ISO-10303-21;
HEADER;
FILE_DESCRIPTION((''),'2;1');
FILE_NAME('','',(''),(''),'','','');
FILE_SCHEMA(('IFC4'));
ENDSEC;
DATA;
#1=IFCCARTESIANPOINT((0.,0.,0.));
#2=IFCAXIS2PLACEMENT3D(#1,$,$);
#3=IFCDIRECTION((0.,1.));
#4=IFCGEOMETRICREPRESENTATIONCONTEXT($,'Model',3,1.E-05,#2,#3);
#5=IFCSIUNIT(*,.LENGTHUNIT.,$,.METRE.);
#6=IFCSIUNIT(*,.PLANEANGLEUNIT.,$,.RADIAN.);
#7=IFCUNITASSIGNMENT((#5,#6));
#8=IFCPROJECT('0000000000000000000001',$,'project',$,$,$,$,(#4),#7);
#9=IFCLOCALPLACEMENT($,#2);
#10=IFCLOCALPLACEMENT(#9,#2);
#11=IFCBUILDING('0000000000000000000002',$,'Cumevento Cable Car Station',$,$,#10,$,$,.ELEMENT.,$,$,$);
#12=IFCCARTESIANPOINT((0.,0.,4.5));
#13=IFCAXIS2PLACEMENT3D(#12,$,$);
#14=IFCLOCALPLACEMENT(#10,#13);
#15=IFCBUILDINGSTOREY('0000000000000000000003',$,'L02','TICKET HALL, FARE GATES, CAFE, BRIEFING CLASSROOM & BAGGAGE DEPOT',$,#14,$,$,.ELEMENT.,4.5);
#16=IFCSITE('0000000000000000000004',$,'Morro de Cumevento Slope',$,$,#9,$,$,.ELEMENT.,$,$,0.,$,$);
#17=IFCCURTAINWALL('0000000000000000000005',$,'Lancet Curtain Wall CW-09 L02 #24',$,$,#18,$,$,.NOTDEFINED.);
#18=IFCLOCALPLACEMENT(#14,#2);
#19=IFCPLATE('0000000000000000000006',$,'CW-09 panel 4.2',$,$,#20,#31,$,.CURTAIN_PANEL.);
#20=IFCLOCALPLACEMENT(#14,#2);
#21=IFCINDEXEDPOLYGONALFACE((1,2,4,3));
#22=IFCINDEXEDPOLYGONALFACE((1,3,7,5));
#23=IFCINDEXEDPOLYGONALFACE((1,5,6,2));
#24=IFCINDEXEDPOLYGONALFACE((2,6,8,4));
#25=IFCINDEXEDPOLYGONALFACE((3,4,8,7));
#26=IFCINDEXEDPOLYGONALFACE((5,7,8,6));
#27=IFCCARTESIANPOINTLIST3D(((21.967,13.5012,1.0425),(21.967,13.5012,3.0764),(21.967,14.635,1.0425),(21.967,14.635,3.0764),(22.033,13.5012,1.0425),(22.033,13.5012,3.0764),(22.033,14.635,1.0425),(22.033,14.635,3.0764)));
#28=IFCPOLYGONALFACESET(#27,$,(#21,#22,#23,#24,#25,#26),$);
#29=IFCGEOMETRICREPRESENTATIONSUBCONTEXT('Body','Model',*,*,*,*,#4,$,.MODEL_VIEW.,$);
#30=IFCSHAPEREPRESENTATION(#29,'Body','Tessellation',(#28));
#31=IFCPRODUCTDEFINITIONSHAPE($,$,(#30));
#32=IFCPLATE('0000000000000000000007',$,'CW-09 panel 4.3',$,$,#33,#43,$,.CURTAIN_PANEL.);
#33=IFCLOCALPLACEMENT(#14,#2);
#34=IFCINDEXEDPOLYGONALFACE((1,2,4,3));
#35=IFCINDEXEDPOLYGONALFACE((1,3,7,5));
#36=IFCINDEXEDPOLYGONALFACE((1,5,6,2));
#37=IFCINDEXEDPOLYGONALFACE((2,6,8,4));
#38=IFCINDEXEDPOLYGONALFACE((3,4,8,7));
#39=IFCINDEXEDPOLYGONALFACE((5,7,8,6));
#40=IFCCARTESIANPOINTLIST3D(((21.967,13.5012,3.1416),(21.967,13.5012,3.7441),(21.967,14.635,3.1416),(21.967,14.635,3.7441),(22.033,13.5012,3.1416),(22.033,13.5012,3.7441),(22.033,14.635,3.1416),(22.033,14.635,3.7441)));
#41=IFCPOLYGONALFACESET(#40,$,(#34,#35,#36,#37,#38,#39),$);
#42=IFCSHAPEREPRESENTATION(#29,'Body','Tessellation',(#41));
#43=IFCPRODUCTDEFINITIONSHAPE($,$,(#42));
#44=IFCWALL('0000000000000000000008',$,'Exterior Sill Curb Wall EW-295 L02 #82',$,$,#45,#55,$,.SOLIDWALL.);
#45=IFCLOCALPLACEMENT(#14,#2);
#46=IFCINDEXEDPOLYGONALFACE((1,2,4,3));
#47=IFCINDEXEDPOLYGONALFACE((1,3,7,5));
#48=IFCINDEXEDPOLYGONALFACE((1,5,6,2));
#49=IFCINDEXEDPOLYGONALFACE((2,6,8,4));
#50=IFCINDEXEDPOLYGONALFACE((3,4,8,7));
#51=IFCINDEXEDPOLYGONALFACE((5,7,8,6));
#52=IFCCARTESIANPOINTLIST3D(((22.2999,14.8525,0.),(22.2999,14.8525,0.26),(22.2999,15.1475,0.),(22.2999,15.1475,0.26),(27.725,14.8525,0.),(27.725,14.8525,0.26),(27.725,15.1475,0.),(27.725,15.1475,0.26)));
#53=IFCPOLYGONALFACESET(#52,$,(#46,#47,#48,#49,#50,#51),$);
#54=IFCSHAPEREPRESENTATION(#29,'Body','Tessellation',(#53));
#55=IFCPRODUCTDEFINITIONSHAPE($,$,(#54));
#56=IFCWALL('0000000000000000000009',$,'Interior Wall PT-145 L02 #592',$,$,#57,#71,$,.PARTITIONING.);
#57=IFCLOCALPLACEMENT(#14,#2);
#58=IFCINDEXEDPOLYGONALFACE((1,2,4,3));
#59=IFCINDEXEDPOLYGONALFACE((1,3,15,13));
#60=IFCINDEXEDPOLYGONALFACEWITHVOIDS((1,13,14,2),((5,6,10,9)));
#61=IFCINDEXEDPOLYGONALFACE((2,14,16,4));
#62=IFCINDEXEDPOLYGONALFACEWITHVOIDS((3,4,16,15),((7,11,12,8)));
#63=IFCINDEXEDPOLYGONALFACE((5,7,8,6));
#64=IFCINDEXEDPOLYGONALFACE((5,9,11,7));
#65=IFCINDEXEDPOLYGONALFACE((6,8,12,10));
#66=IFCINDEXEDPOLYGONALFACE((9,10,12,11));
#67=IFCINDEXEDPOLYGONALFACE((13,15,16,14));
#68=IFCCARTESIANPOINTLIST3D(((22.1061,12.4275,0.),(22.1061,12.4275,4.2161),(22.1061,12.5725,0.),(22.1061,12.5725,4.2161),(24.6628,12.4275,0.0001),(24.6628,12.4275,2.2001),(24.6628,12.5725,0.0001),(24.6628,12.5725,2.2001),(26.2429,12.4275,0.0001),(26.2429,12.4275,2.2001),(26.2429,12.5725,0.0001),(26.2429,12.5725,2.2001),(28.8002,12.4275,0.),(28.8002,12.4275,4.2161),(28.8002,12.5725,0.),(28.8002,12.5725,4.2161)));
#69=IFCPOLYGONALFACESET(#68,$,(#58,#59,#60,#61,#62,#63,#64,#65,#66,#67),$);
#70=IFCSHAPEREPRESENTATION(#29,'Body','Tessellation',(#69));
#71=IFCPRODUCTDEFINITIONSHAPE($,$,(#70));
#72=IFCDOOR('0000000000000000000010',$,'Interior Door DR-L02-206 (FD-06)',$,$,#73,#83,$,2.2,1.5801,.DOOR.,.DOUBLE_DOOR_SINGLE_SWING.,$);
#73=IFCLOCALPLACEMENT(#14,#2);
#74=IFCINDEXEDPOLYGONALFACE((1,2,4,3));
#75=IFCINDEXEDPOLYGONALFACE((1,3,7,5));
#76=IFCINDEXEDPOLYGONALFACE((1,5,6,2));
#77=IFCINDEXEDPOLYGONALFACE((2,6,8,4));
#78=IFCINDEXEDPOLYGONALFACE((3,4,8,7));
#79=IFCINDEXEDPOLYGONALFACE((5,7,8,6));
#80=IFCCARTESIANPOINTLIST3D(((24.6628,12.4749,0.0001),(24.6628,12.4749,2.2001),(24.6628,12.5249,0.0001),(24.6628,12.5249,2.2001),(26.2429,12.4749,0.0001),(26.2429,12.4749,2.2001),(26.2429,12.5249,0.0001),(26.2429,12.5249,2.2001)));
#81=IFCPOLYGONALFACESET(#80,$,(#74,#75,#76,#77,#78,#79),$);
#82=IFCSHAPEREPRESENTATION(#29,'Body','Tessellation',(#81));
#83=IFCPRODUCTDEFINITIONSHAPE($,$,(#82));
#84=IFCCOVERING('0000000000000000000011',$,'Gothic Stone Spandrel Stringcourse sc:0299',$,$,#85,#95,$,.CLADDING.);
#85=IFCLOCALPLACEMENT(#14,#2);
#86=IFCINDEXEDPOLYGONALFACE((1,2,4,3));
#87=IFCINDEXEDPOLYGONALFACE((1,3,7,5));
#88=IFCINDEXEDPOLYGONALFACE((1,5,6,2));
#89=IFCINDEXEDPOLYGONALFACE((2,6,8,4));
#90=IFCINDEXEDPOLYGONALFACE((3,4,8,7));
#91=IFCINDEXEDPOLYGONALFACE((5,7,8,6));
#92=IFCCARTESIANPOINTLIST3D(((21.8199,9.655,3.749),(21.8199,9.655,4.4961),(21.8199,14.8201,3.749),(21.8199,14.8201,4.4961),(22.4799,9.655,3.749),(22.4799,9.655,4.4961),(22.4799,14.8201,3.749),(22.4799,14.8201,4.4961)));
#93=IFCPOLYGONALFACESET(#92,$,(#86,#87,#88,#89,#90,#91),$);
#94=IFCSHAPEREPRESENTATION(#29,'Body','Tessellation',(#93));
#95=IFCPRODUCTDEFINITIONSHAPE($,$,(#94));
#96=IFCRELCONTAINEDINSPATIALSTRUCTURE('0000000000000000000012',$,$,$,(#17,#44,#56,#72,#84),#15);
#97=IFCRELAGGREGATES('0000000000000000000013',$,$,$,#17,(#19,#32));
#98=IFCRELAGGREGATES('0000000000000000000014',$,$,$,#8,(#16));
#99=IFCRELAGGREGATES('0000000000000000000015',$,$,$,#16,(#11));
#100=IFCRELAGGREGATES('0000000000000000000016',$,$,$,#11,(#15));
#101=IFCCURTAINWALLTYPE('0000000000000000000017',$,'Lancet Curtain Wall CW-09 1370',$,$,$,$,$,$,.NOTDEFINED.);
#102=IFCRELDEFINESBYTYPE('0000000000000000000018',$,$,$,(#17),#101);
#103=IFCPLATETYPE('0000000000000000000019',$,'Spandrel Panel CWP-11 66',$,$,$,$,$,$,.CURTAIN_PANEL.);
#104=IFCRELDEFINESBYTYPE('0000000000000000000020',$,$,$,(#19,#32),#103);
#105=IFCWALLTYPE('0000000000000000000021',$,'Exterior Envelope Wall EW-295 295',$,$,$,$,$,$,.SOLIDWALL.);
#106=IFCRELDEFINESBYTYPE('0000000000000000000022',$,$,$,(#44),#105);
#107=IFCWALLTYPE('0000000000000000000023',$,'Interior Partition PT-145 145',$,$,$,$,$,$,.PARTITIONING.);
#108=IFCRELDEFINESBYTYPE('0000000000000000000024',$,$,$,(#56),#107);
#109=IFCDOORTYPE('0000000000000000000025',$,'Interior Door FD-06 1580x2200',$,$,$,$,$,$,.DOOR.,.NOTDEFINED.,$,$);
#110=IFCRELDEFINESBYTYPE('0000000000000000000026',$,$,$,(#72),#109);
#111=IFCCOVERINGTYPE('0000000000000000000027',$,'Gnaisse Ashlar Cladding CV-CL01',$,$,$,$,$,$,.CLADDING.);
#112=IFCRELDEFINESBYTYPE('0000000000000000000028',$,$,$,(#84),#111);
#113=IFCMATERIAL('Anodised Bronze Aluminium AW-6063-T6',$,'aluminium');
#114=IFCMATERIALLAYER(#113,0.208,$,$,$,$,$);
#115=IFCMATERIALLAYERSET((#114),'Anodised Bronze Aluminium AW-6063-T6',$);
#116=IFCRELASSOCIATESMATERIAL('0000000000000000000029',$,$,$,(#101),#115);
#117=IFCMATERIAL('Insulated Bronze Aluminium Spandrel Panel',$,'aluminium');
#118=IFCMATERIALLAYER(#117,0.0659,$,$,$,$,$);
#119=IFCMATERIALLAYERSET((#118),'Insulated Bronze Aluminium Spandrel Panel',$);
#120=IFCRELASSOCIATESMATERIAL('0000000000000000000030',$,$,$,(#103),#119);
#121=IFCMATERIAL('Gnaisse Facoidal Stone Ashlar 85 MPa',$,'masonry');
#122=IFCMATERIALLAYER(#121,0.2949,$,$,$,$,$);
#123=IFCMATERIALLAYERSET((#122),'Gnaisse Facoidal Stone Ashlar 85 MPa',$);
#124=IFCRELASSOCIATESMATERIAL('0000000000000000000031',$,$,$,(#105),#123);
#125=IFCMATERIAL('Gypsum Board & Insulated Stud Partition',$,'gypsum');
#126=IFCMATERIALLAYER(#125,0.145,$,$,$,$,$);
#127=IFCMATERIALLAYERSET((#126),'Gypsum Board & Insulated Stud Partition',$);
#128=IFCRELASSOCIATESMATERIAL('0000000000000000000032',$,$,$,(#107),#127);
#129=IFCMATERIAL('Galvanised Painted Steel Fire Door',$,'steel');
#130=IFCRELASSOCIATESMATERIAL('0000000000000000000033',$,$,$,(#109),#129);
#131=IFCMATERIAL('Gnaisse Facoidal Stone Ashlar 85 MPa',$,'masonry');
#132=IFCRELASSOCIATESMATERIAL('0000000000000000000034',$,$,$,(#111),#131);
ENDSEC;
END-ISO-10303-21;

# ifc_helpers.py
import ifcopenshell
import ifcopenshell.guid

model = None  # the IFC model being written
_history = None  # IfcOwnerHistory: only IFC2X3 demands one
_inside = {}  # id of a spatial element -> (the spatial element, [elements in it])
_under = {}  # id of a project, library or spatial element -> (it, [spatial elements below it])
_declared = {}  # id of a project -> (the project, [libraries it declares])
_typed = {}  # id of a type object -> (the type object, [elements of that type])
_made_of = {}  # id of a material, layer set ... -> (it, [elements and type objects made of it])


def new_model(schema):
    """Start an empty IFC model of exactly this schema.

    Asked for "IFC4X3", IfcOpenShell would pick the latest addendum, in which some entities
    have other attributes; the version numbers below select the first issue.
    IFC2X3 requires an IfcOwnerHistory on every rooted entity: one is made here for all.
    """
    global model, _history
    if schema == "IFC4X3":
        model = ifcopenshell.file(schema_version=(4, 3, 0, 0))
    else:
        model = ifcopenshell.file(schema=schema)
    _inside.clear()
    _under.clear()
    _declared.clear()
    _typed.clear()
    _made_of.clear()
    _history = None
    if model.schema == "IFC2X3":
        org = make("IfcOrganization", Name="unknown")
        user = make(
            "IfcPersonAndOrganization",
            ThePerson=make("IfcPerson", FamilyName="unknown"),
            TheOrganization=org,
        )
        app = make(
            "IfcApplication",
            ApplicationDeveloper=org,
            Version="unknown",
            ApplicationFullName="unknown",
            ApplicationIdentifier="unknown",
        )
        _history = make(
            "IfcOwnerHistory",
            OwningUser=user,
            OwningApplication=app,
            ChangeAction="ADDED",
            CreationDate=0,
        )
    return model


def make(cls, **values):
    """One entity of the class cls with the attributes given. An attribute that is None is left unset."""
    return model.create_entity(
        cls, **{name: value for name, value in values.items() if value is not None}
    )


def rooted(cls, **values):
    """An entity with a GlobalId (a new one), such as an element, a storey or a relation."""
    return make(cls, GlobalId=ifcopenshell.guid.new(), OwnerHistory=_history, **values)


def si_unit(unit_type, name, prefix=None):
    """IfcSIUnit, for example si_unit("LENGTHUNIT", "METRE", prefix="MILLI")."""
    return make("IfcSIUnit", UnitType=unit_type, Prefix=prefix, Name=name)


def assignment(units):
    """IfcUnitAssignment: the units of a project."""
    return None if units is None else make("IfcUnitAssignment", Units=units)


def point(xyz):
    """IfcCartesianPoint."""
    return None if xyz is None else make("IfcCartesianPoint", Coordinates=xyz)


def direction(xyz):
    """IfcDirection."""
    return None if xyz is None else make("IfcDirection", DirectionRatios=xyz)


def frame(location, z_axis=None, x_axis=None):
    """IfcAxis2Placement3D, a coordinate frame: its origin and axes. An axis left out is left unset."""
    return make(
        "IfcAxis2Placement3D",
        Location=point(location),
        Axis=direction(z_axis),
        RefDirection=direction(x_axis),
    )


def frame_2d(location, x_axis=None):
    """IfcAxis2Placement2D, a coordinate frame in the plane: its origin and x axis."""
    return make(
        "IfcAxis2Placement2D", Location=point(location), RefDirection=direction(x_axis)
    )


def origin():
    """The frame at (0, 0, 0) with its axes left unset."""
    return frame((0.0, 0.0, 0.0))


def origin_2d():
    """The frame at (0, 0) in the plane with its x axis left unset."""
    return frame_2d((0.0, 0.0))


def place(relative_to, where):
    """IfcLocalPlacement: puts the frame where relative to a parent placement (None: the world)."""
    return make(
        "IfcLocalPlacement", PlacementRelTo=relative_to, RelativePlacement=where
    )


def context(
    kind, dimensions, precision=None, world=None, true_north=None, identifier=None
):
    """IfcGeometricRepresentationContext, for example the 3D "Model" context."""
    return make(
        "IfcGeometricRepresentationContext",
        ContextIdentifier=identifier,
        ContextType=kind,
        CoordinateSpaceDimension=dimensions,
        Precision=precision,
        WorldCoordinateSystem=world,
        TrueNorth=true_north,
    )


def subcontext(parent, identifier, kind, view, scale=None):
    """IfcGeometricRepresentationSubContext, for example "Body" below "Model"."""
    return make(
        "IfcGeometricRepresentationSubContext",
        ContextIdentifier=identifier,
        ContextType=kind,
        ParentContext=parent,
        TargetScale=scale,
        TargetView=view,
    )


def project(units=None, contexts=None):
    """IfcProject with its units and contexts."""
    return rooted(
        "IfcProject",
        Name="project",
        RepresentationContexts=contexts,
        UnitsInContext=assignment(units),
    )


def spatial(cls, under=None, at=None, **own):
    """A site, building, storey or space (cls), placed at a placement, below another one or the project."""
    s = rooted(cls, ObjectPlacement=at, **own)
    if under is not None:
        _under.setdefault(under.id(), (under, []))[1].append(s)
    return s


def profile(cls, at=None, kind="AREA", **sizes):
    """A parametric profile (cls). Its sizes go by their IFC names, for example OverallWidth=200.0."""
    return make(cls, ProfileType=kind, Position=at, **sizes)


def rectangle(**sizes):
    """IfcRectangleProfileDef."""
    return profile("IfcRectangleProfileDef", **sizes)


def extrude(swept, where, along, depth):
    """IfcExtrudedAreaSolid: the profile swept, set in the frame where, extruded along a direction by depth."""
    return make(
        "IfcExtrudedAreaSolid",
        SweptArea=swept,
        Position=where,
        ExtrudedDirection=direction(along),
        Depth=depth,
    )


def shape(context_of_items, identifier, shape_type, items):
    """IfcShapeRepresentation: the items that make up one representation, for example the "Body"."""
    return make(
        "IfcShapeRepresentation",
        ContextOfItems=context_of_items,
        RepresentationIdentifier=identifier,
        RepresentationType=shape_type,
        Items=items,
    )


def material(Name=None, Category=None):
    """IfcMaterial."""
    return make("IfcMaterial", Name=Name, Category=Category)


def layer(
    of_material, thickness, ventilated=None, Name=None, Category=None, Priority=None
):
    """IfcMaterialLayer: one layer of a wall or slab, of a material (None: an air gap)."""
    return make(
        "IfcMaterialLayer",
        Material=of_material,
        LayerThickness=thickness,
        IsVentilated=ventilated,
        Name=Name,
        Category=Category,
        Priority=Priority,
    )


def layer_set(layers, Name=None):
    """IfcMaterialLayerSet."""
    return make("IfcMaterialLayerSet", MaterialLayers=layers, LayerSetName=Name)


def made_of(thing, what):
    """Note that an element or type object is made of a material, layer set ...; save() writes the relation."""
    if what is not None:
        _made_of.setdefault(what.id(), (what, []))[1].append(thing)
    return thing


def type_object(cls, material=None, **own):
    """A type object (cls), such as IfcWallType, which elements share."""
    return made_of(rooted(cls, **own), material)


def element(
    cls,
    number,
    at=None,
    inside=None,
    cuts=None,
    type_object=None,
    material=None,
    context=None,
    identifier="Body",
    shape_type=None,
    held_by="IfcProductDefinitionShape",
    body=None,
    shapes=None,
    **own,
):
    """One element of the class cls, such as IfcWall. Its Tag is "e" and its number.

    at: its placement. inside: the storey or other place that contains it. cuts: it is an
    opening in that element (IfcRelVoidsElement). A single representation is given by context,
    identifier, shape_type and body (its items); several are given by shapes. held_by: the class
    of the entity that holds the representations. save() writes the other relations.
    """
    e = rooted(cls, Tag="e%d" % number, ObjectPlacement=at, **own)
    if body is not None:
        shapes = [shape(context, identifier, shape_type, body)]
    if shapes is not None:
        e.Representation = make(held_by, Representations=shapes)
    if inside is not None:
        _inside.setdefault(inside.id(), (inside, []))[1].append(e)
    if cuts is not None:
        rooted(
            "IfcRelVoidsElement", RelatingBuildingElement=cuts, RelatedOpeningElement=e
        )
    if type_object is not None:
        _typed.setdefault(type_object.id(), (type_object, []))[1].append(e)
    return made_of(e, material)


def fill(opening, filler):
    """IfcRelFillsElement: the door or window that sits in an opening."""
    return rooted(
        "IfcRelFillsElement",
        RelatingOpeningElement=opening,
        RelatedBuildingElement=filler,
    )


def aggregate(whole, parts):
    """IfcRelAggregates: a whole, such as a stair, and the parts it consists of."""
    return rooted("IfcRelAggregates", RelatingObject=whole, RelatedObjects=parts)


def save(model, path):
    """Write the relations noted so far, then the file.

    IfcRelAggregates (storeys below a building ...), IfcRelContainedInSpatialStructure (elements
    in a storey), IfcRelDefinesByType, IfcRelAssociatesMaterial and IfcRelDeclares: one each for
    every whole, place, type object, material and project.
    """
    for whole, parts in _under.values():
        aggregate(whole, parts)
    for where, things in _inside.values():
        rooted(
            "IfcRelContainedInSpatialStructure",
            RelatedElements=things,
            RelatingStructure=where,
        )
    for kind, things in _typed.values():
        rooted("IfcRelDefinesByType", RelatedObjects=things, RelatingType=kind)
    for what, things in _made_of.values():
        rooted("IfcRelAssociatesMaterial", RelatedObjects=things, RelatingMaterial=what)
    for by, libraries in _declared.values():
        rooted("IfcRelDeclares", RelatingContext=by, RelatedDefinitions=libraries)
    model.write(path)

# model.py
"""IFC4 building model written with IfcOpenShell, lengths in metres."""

from ifc_helpers import new_model, si_unit, direction, frame, frame_2d, origin, origin_2d, place, context, subcontext, project, spatial, rectangle, extrude, material, layer, layer_set, type_object, element, fill, aggregate, save


model = new_model("IFC4")

# Units and contexts
model_context = context("Model", 3, precision=1e-05, world=origin(), true_north=direction((0.0, 1.0)))
body_context = subcontext(model_context, "Body", "Model", "MODEL_VIEW")
ifc_project = project(units=[si_unit("LENGTHUNIT", "METRE"), si_unit("PLANEANGLEUNIT", "RADIAN")], contexts=[model_context])

# Site, building, storey
site_placement = place(None, origin())
site = spatial("IfcSite", under=ifc_project, at=site_placement, Name="Morro de Cumevento Slope", CompositionType="ELEMENT", RefElevation=0.0)
building_placement = place(site_placement, origin())
building = spatial("IfcBuilding", under=site, at=building_placement, Name="Cumevento Cable Car Station", CompositionType="ELEMENT")
storey_placement = place(building_placement, frame((0.0, 0.0, 4.5)))
storey = spatial("IfcBuildingStorey", under=building, at=storey_placement, Name="L02", Description="TICKET HALL, FARE GATES, CAFE, BRIEFING CLASSROOM & BAGGAGE DEPOT", CompositionType="ELEMENT", Elevation=4.5)

# Curtain wall
ifc_material_1 = material(Name="Anodised Bronze Aluminium AW-6063-T6", Category="aluminium")
ifc_layer_1 = layer(ifc_material_1, 0.208)
ifc_layer_set_1 = layer_set([ifc_layer_1], Name="Anodised Bronze Aluminium AW-6063-T6")
curtain_wall_type_1 = type_object("IfcCurtainWallType", Name="Lancet Curtain Wall CW-09 1370", PredefinedType="NOTDEFINED", material=ifc_layer_set_1)
curtain_wall_1_placement = place(storey_placement, origin())
curtain_wall_1 = element("IfcCurtainWall", 1, at=curtain_wall_1_placement, inside=storey, type_object=curtain_wall_type_1, Name="Lancet Curtain Wall CW-09 L02 #24", PredefinedType="NOTDEFINED")

# Plates
ifc_material_2 = material(Name="Insulated Bronze Aluminium Spandrel Panel", Category="aluminium")
ifc_layer_2 = layer(ifc_material_2, 0.0659)
ifc_layer_set_2 = layer_set([ifc_layer_2], Name="Insulated Bronze Aluminium Spandrel Panel")
plate_type = type_object("IfcPlateType", Name="Spandrel Panel CWP-11 66", PredefinedType="CURTAIN_PANEL", material=ifc_layer_set_2)
plate_1_placement = place(storey_placement, frame((22.0, 14.0681, 1.0425), z_axis=(0.0, 0.0, 1.0), x_axis=(0.0, 1.0, 0.0)))
plate_1 = element("IfcPlate", 2, at=plate_1_placement, type_object=plate_type, Name="CW-09 panel 4.2", PredefinedType="CURTAIN_PANEL", context=body_context, shape_type="SweptSolid", body=[
    extrude(rectangle(XDim=1.1338, YDim=0.0659, at=origin_2d()), origin(), (0.0, 0.0, 1.0), 2.0339),
])
plate_2_placement = place(storey_placement, frame((22.0, 14.0681, 3.1416), z_axis=(0.0, 0.0, 1.0), x_axis=(0.0, 1.0, 0.0)))
plate_2 = element("IfcPlate", 3, at=plate_2_placement, type_object=plate_type, Name="CW-09 panel 4.3", PredefinedType="CURTAIN_PANEL", context=body_context, shape_type="SweptSolid", body=[
    extrude(rectangle(XDim=1.1338, YDim=0.0659, at=origin_2d()), origin(), (0.0, 0.0, 1.0), 0.6025),
])
aggregate(curtain_wall_1, [plate_1, plate_2])

# Wall
ifc_material_3 = material(Name="Gnaisse Facoidal Stone Ashlar 85 MPa", Category="masonry")
ifc_layer_3 = layer(ifc_material_3, 0.2949)
ifc_layer_set_3 = layer_set([ifc_layer_3], Name="Gnaisse Facoidal Stone Ashlar 85 MPa")
wall_type_1 = type_object("IfcWallType", Name="Exterior Envelope Wall EW-295 295", PredefinedType="SOLIDWALL", material=ifc_layer_set_3)
wall_1_placement = place(storey_placement, frame((22.3, 15.0, 0.0), z_axis=(0.0, 0.0, 1.0), x_axis=(1.0, 0.0, 0.0)))
element("IfcWall", 4, at=wall_1_placement, inside=storey, type_object=wall_type_1, Name="Exterior Sill Curb Wall EW-295 L02 #82", PredefinedType="SOLIDWALL", context=body_context, shape_type="SweptSolid", body=[
    extrude(rectangle(XDim=5.425, YDim=0.2949, at=frame_2d((2.7124, 0.0))), origin(), (0.0, 0.0, 1.0), 0.26),
])

# Wall, opening, door
ifc_material_4 = material(Name="Gypsum Board & Insulated Stud Partition", Category="gypsum")
ifc_layer_4 = layer(ifc_material_4, 0.145)
ifc_layer_set_4 = layer_set([ifc_layer_4], Name="Gypsum Board & Insulated Stud Partition")
wall_type_2 = type_object("IfcWallType", Name="Interior Partition PT-145 145", PredefinedType="PARTITIONING", material=ifc_layer_set_4)
wall_2_placement = place(storey_placement, frame((22.106, 12.5, 0.0), z_axis=(0.0, 0.0, 1.0), x_axis=(1.0, 0.0, 0.0)))
wall_2 = element("IfcWall", 5, at=wall_2_placement, inside=storey, type_object=wall_type_2, Name="Interior Wall PT-145 L02 #592", PredefinedType="PARTITIONING", context=body_context, shape_type="SweptSolid", body=[
    extrude(rectangle(XDim=6.6941, YDim=0.145, at=frame_2d((3.3472, 0.0))), origin(), (0.0, 0.0, 1.0), 4.2161),
])
opening_placement = place(wall_2_placement, frame((2.5569, 0.0, 0.0)))
opening = element("IfcOpeningElement", 6, at=opening_placement, cuts=wall_2, PredefinedType="OPENING", context=body_context, shape_type="SweptSolid", body=[
    extrude(rectangle(XDim=1.5801, YDim=2.2, at=frame_2d((0.79, 1.1001))), frame((0.0, 0.0825, 0.0), z_axis=(0.0, -1.0, 0.0), x_axis=(1.0, 0.0, 0.0)), (0.0, 0.0, 1.0), 0.165),
])
ifc_material_5 = material(Name="Galvanised Painted Steel Fire Door", Category="steel")
door_type = type_object("IfcDoorType", Name="Interior Door FD-06 1580x2200", OperationType="NOTDEFINED", PredefinedType="DOOR", material=ifc_material_5)
door_placement = place(opening_placement, origin())
door = element("IfcDoor", 7, at=door_placement, inside=storey, type_object=door_type, Name="Interior Door DR-L02-206 (FD-06)", OperationType="DOUBLE_DOOR_SINGLE_SWING", OverallHeight=2.2, OverallWidth=1.5801, PredefinedType="DOOR", context=body_context, shape_type="SweptSolid", body=[
    extrude(rectangle(XDim=1.5801, YDim=2.2, at=frame_2d((0.79, 1.1001))), frame((0.0, 0.0249, 0.0), z_axis=(0.0, -1.0, 0.0), x_axis=(1.0, 0.0, 0.0)), (0.0, 0.0, 1.0), 0.05),
])
fill(opening, door)

# Covering
ifc_material_6 = material(Name="Gnaisse Facoidal Stone Ashlar 85 MPa", Category="masonry")
covering_type = type_object("IfcCoveringType", Name="Gnaisse Ashlar Cladding CV-CL01", PredefinedType="CLADDING", material=ifc_material_6)
covering_1_placement = place(storey_placement, frame((22.1499, 12.2375, 3.749), z_axis=(0.0, 0.0, 1.0), x_axis=(0.0, 1.0, 0.0)))
element("IfcCovering", 8, at=covering_1_placement, inside=storey, type_object=covering_type, Name="Gothic Stone Spandrel Stringcourse sc:0299", PredefinedType="CLADDING", context=body_context, shape_type="SweptSolid", body=[
    extrude(rectangle(XDim=5.165, YDim=0.6599, at=origin_2d()), origin(), (0.0, 0.0, 1.0), 0.7471),
])

save(model, "model.ifc")
